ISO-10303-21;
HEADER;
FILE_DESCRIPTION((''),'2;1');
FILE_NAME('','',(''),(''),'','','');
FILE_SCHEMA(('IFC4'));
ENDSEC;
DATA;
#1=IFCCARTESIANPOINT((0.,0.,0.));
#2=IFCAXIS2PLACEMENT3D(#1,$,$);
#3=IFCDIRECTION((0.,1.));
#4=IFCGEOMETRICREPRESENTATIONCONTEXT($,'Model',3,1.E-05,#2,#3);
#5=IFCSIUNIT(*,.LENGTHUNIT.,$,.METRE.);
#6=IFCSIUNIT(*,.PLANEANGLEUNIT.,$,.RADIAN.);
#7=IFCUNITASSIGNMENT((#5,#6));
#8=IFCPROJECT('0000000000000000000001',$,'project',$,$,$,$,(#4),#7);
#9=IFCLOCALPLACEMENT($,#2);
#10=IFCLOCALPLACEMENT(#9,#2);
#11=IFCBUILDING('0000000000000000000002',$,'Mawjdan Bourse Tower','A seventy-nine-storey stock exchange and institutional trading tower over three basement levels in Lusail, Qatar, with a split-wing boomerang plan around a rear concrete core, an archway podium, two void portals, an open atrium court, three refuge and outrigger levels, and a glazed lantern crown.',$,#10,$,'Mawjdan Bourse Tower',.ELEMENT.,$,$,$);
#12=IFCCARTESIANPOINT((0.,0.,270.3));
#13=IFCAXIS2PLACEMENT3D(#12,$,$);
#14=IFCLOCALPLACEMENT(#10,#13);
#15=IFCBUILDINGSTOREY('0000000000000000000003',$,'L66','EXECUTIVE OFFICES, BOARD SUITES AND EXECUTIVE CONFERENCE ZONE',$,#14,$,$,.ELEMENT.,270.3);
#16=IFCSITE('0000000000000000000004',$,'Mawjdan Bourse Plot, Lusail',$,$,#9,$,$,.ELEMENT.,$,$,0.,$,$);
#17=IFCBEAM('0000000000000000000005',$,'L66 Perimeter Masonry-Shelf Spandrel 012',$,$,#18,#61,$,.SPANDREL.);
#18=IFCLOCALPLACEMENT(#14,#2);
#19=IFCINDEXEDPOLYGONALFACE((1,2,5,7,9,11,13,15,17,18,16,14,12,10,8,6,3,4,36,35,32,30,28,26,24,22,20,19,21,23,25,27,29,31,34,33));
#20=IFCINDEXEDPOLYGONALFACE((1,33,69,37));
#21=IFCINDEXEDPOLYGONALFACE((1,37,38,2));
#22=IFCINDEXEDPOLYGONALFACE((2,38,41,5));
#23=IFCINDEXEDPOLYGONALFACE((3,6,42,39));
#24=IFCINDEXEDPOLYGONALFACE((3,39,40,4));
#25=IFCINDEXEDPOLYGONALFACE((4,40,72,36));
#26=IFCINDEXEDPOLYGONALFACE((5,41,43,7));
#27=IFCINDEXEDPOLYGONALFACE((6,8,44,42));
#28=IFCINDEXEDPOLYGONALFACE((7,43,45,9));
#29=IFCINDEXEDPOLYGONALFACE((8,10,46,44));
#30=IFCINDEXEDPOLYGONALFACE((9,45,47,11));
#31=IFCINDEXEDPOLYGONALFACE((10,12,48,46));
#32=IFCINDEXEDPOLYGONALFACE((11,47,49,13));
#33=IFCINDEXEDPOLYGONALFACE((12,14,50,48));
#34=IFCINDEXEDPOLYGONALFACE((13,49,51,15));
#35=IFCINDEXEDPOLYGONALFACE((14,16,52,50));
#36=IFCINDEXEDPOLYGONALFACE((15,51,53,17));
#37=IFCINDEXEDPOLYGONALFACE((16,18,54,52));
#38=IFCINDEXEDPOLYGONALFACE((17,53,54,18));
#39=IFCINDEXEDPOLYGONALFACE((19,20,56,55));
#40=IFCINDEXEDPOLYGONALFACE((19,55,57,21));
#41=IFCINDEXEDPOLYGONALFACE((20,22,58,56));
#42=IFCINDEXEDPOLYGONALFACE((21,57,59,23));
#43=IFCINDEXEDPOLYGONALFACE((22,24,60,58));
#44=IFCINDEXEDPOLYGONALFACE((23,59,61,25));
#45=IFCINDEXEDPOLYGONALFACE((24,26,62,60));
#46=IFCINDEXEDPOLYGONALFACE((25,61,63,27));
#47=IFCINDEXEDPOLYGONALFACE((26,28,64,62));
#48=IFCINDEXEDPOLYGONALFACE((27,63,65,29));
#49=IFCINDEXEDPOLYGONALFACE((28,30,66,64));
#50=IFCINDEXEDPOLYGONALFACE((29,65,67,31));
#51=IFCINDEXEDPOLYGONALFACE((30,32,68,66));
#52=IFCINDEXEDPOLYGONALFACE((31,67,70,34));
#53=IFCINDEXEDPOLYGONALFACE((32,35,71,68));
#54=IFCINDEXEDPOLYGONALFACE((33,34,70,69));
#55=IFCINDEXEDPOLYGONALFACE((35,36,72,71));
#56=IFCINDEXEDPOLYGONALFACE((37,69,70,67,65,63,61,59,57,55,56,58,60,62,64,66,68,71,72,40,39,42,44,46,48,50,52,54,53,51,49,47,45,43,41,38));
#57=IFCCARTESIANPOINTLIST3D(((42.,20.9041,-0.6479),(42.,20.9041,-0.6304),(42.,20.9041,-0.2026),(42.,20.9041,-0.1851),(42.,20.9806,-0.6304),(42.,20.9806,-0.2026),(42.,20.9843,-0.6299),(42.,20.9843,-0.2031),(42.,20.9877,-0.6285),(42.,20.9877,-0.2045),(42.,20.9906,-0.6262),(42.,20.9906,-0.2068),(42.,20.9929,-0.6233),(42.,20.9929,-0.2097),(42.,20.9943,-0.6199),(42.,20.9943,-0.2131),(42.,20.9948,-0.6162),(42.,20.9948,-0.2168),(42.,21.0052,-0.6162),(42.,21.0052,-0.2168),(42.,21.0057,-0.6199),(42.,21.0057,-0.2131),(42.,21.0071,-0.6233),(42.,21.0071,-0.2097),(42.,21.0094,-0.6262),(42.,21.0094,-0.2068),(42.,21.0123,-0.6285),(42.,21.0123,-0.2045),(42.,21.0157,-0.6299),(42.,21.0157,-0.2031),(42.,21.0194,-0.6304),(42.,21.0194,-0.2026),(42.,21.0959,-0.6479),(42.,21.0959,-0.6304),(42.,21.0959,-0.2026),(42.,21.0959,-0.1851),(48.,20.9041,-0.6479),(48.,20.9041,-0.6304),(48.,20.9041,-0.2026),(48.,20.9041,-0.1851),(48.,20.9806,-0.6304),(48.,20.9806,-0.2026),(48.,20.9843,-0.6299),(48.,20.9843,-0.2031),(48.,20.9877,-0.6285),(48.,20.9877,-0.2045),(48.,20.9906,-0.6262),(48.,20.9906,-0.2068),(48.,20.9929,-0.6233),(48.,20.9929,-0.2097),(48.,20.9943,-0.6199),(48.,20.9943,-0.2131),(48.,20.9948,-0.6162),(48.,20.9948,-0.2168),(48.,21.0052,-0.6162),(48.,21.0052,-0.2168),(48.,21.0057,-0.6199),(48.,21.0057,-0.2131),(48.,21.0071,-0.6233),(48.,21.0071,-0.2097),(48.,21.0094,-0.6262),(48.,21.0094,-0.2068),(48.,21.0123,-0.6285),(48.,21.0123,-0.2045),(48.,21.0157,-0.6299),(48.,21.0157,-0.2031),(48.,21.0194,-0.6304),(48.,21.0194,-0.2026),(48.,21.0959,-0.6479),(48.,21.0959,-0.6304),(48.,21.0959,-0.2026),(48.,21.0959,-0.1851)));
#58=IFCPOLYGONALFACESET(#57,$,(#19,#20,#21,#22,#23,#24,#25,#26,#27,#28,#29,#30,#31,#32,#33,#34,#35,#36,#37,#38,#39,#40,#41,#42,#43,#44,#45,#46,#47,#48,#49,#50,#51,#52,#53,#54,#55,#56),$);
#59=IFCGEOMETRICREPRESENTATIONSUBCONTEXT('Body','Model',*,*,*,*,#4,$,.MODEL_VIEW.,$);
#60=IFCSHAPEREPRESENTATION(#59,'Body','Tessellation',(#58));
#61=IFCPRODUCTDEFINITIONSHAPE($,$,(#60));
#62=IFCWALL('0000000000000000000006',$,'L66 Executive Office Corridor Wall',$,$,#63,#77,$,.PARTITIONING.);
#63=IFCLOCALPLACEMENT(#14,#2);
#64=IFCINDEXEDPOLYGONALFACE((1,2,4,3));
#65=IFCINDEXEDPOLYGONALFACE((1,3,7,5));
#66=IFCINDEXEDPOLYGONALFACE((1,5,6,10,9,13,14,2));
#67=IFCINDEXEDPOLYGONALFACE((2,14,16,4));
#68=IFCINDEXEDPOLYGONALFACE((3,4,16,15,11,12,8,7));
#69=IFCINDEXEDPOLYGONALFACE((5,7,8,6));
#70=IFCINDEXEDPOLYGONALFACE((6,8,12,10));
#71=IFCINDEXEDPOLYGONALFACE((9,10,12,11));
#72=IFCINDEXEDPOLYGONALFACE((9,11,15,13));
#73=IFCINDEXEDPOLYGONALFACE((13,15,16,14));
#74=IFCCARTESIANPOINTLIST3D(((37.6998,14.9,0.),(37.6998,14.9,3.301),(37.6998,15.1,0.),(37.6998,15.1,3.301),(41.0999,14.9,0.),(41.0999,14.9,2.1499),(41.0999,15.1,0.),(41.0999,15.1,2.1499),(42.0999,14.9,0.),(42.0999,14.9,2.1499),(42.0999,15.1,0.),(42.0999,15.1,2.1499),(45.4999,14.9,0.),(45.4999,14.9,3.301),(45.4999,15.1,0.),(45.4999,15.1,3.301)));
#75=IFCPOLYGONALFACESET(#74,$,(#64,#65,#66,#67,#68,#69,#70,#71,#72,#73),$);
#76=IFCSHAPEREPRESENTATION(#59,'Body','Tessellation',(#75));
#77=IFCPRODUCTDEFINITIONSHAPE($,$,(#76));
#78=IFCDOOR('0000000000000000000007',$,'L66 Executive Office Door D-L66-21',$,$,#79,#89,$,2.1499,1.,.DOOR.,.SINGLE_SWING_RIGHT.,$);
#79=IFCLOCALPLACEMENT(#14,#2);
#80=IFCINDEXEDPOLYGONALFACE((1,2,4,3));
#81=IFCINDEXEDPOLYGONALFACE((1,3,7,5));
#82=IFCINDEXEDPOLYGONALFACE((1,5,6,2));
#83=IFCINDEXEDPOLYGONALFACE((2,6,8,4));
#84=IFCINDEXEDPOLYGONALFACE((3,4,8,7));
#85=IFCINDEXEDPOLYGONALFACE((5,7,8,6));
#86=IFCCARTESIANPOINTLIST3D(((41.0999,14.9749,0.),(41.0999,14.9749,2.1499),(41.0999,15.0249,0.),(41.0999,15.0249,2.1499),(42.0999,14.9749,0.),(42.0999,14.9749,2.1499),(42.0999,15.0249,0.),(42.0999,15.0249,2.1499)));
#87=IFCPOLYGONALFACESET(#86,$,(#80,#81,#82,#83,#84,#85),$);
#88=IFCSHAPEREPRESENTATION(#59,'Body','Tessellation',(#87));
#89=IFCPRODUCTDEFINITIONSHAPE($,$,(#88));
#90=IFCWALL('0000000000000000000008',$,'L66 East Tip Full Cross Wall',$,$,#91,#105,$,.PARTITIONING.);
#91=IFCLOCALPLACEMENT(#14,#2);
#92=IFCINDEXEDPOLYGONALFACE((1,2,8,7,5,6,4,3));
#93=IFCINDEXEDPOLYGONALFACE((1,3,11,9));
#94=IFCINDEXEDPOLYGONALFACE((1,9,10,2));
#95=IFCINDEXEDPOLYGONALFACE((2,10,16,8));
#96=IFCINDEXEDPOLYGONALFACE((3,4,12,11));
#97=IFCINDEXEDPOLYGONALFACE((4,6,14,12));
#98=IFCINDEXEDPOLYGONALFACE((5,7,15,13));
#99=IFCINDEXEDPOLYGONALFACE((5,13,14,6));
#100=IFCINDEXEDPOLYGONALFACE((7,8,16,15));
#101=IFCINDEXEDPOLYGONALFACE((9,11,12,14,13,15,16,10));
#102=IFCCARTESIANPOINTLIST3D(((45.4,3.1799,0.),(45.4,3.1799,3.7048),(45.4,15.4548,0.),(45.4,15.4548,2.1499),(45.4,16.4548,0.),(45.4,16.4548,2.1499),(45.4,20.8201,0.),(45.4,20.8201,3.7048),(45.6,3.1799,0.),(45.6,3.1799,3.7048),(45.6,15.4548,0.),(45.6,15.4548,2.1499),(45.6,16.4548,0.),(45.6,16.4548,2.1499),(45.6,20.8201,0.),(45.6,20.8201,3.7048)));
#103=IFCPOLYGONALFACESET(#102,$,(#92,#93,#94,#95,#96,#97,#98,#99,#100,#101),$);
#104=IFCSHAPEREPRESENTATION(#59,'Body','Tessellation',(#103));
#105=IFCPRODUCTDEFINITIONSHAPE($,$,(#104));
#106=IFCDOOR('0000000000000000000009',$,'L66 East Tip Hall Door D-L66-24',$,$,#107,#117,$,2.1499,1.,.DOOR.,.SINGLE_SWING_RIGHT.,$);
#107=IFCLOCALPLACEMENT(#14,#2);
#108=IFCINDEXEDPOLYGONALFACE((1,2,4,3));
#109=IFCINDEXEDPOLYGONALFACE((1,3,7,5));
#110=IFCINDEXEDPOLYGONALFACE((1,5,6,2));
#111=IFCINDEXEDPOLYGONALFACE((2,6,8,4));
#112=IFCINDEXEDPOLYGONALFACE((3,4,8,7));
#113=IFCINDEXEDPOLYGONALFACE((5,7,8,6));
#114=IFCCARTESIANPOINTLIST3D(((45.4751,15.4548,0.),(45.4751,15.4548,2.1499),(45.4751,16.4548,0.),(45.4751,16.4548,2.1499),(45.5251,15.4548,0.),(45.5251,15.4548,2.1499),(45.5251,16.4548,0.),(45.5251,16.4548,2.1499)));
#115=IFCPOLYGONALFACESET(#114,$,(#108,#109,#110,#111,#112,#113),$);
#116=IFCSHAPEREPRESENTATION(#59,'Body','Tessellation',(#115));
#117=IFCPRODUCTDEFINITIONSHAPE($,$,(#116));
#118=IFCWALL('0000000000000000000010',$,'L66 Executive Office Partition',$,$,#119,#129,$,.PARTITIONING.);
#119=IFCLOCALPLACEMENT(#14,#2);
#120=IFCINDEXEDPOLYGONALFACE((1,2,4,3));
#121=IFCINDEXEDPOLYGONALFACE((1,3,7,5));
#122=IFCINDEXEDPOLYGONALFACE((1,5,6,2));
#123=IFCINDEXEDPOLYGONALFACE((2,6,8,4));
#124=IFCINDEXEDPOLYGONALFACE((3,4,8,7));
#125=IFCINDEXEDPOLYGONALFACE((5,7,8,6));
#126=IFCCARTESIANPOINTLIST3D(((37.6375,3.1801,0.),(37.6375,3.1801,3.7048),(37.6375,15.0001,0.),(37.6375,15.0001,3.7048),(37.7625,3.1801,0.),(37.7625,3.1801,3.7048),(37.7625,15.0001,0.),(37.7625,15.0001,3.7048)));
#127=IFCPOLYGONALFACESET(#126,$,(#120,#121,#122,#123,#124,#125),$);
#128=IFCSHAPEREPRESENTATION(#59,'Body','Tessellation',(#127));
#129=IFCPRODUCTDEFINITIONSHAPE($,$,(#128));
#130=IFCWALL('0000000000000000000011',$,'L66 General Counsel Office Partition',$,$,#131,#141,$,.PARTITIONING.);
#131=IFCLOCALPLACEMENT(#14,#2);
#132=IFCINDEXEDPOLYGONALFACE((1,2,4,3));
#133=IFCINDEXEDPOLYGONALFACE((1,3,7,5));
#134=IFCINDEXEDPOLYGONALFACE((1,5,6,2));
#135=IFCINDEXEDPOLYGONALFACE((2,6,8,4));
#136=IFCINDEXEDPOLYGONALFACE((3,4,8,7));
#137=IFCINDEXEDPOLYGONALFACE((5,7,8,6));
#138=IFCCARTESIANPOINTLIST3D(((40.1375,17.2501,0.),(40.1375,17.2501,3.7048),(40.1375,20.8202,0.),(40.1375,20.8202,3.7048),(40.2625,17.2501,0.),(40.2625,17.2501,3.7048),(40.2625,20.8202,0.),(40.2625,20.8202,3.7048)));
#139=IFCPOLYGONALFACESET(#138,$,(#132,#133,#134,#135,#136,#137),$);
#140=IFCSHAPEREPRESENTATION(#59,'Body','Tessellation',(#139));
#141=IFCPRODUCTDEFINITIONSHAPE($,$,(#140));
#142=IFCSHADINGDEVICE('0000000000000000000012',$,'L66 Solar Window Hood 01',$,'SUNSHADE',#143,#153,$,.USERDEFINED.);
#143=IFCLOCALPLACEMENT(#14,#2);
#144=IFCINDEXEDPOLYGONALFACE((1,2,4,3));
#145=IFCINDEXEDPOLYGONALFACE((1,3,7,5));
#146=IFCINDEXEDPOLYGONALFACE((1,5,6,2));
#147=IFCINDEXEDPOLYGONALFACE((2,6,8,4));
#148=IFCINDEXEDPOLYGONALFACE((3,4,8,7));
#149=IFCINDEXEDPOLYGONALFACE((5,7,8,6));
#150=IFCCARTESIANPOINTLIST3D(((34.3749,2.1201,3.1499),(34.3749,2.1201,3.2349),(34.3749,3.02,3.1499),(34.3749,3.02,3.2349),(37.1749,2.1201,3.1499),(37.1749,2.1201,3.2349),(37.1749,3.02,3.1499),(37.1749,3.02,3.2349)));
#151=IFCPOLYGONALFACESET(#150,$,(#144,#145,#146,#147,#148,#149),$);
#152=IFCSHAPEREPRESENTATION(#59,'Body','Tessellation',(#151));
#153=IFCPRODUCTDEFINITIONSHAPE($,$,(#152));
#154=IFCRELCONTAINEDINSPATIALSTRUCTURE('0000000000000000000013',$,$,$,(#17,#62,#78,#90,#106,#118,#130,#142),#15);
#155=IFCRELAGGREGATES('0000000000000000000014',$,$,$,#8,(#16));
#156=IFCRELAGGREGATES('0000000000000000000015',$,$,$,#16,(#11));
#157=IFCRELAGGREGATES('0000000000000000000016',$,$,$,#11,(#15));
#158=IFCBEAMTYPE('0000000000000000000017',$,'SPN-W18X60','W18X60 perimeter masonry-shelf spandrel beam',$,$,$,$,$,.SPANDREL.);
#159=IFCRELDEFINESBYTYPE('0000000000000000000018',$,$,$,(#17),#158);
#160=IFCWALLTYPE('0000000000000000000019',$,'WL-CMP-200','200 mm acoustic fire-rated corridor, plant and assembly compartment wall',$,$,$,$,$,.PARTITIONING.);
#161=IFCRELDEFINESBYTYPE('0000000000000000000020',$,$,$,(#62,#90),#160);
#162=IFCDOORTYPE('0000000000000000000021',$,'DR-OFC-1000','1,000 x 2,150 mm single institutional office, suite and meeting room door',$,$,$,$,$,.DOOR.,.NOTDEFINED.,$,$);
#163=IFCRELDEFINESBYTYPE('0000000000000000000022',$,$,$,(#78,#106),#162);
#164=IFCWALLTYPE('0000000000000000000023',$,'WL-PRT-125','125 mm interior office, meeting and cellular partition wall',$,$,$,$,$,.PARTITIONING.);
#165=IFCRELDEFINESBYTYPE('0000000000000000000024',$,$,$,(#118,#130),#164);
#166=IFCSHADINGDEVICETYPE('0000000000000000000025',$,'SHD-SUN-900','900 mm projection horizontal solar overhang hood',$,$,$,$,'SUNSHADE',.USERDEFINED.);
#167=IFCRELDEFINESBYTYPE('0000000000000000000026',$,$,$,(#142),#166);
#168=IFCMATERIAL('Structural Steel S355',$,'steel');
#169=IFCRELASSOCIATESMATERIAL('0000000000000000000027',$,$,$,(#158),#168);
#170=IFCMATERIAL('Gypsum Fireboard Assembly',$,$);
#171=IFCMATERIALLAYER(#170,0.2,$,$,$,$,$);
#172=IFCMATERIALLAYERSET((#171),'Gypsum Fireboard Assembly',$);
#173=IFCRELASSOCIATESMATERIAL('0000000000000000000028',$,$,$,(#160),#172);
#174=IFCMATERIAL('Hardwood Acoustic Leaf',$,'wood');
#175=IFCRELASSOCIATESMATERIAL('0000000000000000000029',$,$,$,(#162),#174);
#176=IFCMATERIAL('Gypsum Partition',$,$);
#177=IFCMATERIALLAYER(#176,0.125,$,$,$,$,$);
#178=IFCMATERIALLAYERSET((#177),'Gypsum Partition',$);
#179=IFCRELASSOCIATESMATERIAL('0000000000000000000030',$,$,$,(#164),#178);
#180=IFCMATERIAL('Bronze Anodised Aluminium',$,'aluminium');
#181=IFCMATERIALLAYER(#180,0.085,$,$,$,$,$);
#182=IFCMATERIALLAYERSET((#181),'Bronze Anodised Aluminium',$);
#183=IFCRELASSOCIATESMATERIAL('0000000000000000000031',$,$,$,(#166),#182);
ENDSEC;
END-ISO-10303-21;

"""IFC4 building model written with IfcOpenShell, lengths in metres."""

from ifc_helpers import new_model, si_unit, direction, frame, frame_2d, origin, origin_2d, place, context, subcontext, project, spatial, rectangle, i_section, extrude, material, layer, layer_set, material_profile, profile_set, type_object, element, fill, save


model = new_model("IFC4")

# Units and contexts
model_context = context("Model", 3, precision=1e-05, world=origin(), true_north=direction((0.0, 1.0)))
body_context = subcontext(model_context, "Body", "Model", "MODEL_VIEW")
ifc_project = project(units=[si_unit("LENGTHUNIT", "METRE"), si_unit("PLANEANGLEUNIT", "RADIAN")], contexts=[model_context])

# Site, building, storey
site_placement = place(None, origin())
site = spatial("IfcSite", under=ifc_project, at=site_placement, Name="Mawjdan Bourse Plot, Lusail", CompositionType="ELEMENT", RefElevation=0.0)
building_placement = place(site_placement, origin())
building = spatial("IfcBuilding", under=site, at=building_placement, Name="Mawjdan Bourse Tower", Description="A seventy-nine-storey stock exchange and institutional trading tower over three basement levels in Lusail, Qatar, with a split-wing boomerang plan around a rear concrete core, an archway podium, two void portals, an open atrium court, three refuge and outrigger levels, and a glazed lantern crown.", LongName="Mawjdan Bourse Tower", CompositionType="ELEMENT")
storey_placement = place(building_placement, frame((0.0, 0.0, 270.3)))
storey = spatial("IfcBuildingStorey", under=building, at=storey_placement, Name="L66", Description="EXECUTIVE OFFICES, BOARD SUITES AND EXECUTIVE CONFERENCE ZONE", CompositionType="ELEMENT", Elevation=270.3)

# Beam
ifc_material_1 = material(Name="Structural Steel S355", Category="steel")
ifc_material_profile_1 = material_profile(ifc_material_1, i_section(OverallWidth=0.1919, OverallDepth=0.4629, WebThickness=0.0105, FlangeThickness=0.0176, FilletRadius=0.0142, at=origin_2d()), Name="W18X60")
ifc_profile_set_1 = profile_set([ifc_material_profile_1], Name="Structural Steel S355")
beam_type_1 = type_object("IfcBeamType", Name="SPN-W18X60", Description="W18X60 perimeter masonry-shelf spandrel beam", PredefinedType="SPANDREL", material=ifc_profile_set_1)
for number, where, z_axis, x_axis, name in (
    (1, (42.0, 21.0, -0.4165), (1.0, 0.0, 0.0), (0.0, 1.0, 0.0), "L66 Perimeter Masonry-Shelf Spandrel 012"),
):
    element("IfcBeam", number, at=place(storey_placement, frame(where, z_axis=z_axis, x_axis=x_axis)), inside=storey, type_object=beam_type_1, Name=name, PredefinedType="SPANDREL", context=body_context, shape_type="SweptSolid", body=[
        extrude(i_section(OverallWidth=0.1919, OverallDepth=0.4629, WebThickness=0.0105, FlangeThickness=0.0176, FilletRadius=0.0142, at=origin_2d()), origin(), (0.0, 0.0, 1.0), 6.0),
    ])

# Walls, openings, doors
ifc_material_2 = material(Name="Gypsum Fireboard Assembly")
ifc_layer_1 = layer(ifc_material_2, 0.2)
ifc_layer_set_1 = layer_set([ifc_layer_1], Name="Gypsum Fireboard Assembly")
wall_type_1 = type_object("IfcWallType", Name="WL-CMP-200", Description="200 mm acoustic fire-rated corridor, plant and assembly compartment wall", PredefinedType="PARTITIONING", material=ifc_layer_set_1)
wall_1_placement = place(storey_placement, frame((37.7, 15.0, 0.0), z_axis=(0.0, 0.0, 1.0), x_axis=(1.0, 0.0, 0.0)))
wall_1 = element("IfcWall", 2, at=wall_1_placement, inside=storey, type_object=wall_type_1, Name="L66 Executive Office Corridor Wall", PredefinedType="PARTITIONING", context=body_context, shape_type="SweptSolid", body=[
    extrude(rectangle(XDim=7.8, YDim=0.2, at=frame_2d((3.8999, 0.0))), origin(), (0.0, 0.0, 1.0), 3.301),
])
opening_1_placement = place(wall_1_placement, frame((3.3999, 0.0, 0.0)))
opening_1 = element("IfcOpeningElement", 3, at=opening_1_placement, cuts=wall_1, PredefinedType="OPENING", context=body_context, shape_type="SweptSolid", body=[
    extrude(rectangle(XDim=1.0, YDim=2.1499, at=frame_2d((0.5, 1.075))), frame((0.0, 0.1099, 0.0), z_axis=(0.0, -1.0, 0.0), x_axis=(1.0, 0.0, 0.0)), (0.0, 0.0, 1.0), 0.22),
])
ifc_material_3 = material(Name="Hardwood Acoustic Leaf", Category="wood")
door_type = type_object("IfcDoorType", Name="DR-OFC-1000", Description="1,000 x 2,150 mm single institutional office, suite and meeting room door", OperationType="NOTDEFINED", PredefinedType="DOOR", material=ifc_material_3)
door_1_placement = place(opening_1_placement, origin())
door_1 = element("IfcDoor", 4, at=door_1_placement, inside=storey, type_object=door_type, Name="L66 Executive Office Door D-L66-21", OperationType="SINGLE_SWING_RIGHT", OverallHeight=2.1499, OverallWidth=1.0, PredefinedType="DOOR", context=body_context, shape_type="SweptSolid", body=[
    extrude(rectangle(XDim=1.0, YDim=2.1499, at=frame_2d((0.5, 1.075))), frame((0.0, 0.0249, 0.0), z_axis=(0.0, -1.0, 0.0), x_axis=(1.0, 0.0, 0.0)), (0.0, 0.0, 1.0), 0.05),
])
fill(opening_1, door_1)
wall_2_placement = place(storey_placement, frame((45.5, 3.1799, 0.0), z_axis=(0.0, 0.0, 1.0), x_axis=(0.0, 1.0, 0.0)))
wall_2 = element("IfcWall", 5, at=wall_2_placement, inside=storey, type_object=wall_type_1, Name="L66 East Tip Full Cross Wall", PredefinedType="PARTITIONING", context=body_context, shape_type="SweptSolid", body=[
    extrude(rectangle(XDim=17.6401, YDim=0.2, at=frame_2d((8.8201, 0.0))), origin(), (0.0, 0.0, 1.0), 3.7048),
])
opening_2_placement = place(wall_2_placement, frame((12.2749, 0.0, 0.0)))
opening_2 = element("IfcOpeningElement", 6, at=opening_2_placement, cuts=wall_2, PredefinedType="OPENING", context=body_context, shape_type="SweptSolid", body=[
    extrude(rectangle(XDim=1.0, YDim=2.1499, at=frame_2d((0.5, 1.075))), frame((0.0, 0.1099, 0.0), z_axis=(0.0, -1.0, 0.0), x_axis=(1.0, 0.0, 0.0)), (0.0, 0.0, 1.0), 0.22),
])
door_2_placement = place(opening_2_placement, origin())
door_2 = element("IfcDoor", 7, at=door_2_placement, inside=storey, type_object=door_type, Name="L66 East Tip Hall Door D-L66-24", OperationType="SINGLE_SWING_RIGHT", OverallHeight=2.1499, OverallWidth=1.0, PredefinedType="DOOR", context=body_context, shape_type="SweptSolid", body=[
    extrude(rectangle(XDim=1.0, YDim=2.1499, at=frame_2d((0.5, 1.075))), frame((0.0, 0.0249, 0.0), z_axis=(0.0, -1.0, 0.0), x_axis=(1.0, 0.0, 0.0)), (0.0, 0.0, 1.0), 0.05),
])
fill(opening_2, door_2)

# Walls
ifc_material_4 = material(Name="Gypsum Partition")
ifc_layer_2 = layer(ifc_material_4, 0.125)
ifc_layer_set_2 = layer_set([ifc_layer_2], Name="Gypsum Partition")
wall_type_2 = type_object("IfcWallType", Name="WL-PRT-125", Description="125 mm interior office, meeting and cellular partition wall", PredefinedType="PARTITIONING", material=ifc_layer_set_2)
wall_3_placement = place(storey_placement, frame((37.7, 3.1799, 0.0), z_axis=(0.0, 0.0, 1.0), x_axis=(0.0, 1.0, 0.0)))
element("IfcWall", 8, at=wall_3_placement, inside=storey, type_object=wall_type_2, Name="L66 Executive Office Partition", PredefinedType="PARTITIONING", context=body_context, shape_type="SweptSolid", body=[
    extrude(rectangle(XDim=11.8201, YDim=0.125, at=frame_2d((5.9102, 0.0))), origin(), (0.0, 0.0, 1.0), 3.7048),
])
wall_4_placement = place(storey_placement, frame((40.2, 17.25, 0.0), z_axis=(0.0, 0.0, 1.0), x_axis=(0.0, 1.0, 0.0)))
element("IfcWall", 9, at=wall_4_placement, inside=storey, type_object=wall_type_2, Name="L66 General Counsel Office Partition", PredefinedType="PARTITIONING", context=body_context, shape_type="SweptSolid", body=[
    extrude(rectangle(XDim=3.5701, YDim=0.125, at=frame_2d((1.7852, 0.0))), origin(), (0.0, 0.0, 1.0), 3.7048),
])

# Shading device
ifc_material_5 = material(Name="Bronze Anodised Aluminium", Category="aluminium")
ifc_layer_3 = layer(ifc_material_5, 0.085)
ifc_layer_set_3 = layer_set([ifc_layer_3], Name="Bronze Anodised Aluminium")
shading_device_type = type_object("IfcShadingDeviceType", Name="SHD-SUN-900", Description="900 mm projection horizontal solar overhang hood", ElementType="SUNSHADE", PredefinedType="USERDEFINED", material=ifc_layer_set_3)
shading_device_placement = place(storey_placement, frame((35.7749, 2.5701, 3.1499), z_axis=(0.0, 0.0, 1.0), x_axis=(1.0, 0.0, 0.0)))
element("IfcShadingDevice", 10, at=shading_device_placement, inside=storey, type_object=shading_device_type, Name="L66 Solar Window Hood 01", ObjectType="SUNSHADE", PredefinedType="USERDEFINED", context=body_context, shape_type="SweptSolid", body=[
    extrude(rectangle(XDim=2.8, YDim=0.8999, at=origin_2d()), origin(), (0.0, 0.0, 1.0), 0.085),
])

save(model, "model.ifc")
